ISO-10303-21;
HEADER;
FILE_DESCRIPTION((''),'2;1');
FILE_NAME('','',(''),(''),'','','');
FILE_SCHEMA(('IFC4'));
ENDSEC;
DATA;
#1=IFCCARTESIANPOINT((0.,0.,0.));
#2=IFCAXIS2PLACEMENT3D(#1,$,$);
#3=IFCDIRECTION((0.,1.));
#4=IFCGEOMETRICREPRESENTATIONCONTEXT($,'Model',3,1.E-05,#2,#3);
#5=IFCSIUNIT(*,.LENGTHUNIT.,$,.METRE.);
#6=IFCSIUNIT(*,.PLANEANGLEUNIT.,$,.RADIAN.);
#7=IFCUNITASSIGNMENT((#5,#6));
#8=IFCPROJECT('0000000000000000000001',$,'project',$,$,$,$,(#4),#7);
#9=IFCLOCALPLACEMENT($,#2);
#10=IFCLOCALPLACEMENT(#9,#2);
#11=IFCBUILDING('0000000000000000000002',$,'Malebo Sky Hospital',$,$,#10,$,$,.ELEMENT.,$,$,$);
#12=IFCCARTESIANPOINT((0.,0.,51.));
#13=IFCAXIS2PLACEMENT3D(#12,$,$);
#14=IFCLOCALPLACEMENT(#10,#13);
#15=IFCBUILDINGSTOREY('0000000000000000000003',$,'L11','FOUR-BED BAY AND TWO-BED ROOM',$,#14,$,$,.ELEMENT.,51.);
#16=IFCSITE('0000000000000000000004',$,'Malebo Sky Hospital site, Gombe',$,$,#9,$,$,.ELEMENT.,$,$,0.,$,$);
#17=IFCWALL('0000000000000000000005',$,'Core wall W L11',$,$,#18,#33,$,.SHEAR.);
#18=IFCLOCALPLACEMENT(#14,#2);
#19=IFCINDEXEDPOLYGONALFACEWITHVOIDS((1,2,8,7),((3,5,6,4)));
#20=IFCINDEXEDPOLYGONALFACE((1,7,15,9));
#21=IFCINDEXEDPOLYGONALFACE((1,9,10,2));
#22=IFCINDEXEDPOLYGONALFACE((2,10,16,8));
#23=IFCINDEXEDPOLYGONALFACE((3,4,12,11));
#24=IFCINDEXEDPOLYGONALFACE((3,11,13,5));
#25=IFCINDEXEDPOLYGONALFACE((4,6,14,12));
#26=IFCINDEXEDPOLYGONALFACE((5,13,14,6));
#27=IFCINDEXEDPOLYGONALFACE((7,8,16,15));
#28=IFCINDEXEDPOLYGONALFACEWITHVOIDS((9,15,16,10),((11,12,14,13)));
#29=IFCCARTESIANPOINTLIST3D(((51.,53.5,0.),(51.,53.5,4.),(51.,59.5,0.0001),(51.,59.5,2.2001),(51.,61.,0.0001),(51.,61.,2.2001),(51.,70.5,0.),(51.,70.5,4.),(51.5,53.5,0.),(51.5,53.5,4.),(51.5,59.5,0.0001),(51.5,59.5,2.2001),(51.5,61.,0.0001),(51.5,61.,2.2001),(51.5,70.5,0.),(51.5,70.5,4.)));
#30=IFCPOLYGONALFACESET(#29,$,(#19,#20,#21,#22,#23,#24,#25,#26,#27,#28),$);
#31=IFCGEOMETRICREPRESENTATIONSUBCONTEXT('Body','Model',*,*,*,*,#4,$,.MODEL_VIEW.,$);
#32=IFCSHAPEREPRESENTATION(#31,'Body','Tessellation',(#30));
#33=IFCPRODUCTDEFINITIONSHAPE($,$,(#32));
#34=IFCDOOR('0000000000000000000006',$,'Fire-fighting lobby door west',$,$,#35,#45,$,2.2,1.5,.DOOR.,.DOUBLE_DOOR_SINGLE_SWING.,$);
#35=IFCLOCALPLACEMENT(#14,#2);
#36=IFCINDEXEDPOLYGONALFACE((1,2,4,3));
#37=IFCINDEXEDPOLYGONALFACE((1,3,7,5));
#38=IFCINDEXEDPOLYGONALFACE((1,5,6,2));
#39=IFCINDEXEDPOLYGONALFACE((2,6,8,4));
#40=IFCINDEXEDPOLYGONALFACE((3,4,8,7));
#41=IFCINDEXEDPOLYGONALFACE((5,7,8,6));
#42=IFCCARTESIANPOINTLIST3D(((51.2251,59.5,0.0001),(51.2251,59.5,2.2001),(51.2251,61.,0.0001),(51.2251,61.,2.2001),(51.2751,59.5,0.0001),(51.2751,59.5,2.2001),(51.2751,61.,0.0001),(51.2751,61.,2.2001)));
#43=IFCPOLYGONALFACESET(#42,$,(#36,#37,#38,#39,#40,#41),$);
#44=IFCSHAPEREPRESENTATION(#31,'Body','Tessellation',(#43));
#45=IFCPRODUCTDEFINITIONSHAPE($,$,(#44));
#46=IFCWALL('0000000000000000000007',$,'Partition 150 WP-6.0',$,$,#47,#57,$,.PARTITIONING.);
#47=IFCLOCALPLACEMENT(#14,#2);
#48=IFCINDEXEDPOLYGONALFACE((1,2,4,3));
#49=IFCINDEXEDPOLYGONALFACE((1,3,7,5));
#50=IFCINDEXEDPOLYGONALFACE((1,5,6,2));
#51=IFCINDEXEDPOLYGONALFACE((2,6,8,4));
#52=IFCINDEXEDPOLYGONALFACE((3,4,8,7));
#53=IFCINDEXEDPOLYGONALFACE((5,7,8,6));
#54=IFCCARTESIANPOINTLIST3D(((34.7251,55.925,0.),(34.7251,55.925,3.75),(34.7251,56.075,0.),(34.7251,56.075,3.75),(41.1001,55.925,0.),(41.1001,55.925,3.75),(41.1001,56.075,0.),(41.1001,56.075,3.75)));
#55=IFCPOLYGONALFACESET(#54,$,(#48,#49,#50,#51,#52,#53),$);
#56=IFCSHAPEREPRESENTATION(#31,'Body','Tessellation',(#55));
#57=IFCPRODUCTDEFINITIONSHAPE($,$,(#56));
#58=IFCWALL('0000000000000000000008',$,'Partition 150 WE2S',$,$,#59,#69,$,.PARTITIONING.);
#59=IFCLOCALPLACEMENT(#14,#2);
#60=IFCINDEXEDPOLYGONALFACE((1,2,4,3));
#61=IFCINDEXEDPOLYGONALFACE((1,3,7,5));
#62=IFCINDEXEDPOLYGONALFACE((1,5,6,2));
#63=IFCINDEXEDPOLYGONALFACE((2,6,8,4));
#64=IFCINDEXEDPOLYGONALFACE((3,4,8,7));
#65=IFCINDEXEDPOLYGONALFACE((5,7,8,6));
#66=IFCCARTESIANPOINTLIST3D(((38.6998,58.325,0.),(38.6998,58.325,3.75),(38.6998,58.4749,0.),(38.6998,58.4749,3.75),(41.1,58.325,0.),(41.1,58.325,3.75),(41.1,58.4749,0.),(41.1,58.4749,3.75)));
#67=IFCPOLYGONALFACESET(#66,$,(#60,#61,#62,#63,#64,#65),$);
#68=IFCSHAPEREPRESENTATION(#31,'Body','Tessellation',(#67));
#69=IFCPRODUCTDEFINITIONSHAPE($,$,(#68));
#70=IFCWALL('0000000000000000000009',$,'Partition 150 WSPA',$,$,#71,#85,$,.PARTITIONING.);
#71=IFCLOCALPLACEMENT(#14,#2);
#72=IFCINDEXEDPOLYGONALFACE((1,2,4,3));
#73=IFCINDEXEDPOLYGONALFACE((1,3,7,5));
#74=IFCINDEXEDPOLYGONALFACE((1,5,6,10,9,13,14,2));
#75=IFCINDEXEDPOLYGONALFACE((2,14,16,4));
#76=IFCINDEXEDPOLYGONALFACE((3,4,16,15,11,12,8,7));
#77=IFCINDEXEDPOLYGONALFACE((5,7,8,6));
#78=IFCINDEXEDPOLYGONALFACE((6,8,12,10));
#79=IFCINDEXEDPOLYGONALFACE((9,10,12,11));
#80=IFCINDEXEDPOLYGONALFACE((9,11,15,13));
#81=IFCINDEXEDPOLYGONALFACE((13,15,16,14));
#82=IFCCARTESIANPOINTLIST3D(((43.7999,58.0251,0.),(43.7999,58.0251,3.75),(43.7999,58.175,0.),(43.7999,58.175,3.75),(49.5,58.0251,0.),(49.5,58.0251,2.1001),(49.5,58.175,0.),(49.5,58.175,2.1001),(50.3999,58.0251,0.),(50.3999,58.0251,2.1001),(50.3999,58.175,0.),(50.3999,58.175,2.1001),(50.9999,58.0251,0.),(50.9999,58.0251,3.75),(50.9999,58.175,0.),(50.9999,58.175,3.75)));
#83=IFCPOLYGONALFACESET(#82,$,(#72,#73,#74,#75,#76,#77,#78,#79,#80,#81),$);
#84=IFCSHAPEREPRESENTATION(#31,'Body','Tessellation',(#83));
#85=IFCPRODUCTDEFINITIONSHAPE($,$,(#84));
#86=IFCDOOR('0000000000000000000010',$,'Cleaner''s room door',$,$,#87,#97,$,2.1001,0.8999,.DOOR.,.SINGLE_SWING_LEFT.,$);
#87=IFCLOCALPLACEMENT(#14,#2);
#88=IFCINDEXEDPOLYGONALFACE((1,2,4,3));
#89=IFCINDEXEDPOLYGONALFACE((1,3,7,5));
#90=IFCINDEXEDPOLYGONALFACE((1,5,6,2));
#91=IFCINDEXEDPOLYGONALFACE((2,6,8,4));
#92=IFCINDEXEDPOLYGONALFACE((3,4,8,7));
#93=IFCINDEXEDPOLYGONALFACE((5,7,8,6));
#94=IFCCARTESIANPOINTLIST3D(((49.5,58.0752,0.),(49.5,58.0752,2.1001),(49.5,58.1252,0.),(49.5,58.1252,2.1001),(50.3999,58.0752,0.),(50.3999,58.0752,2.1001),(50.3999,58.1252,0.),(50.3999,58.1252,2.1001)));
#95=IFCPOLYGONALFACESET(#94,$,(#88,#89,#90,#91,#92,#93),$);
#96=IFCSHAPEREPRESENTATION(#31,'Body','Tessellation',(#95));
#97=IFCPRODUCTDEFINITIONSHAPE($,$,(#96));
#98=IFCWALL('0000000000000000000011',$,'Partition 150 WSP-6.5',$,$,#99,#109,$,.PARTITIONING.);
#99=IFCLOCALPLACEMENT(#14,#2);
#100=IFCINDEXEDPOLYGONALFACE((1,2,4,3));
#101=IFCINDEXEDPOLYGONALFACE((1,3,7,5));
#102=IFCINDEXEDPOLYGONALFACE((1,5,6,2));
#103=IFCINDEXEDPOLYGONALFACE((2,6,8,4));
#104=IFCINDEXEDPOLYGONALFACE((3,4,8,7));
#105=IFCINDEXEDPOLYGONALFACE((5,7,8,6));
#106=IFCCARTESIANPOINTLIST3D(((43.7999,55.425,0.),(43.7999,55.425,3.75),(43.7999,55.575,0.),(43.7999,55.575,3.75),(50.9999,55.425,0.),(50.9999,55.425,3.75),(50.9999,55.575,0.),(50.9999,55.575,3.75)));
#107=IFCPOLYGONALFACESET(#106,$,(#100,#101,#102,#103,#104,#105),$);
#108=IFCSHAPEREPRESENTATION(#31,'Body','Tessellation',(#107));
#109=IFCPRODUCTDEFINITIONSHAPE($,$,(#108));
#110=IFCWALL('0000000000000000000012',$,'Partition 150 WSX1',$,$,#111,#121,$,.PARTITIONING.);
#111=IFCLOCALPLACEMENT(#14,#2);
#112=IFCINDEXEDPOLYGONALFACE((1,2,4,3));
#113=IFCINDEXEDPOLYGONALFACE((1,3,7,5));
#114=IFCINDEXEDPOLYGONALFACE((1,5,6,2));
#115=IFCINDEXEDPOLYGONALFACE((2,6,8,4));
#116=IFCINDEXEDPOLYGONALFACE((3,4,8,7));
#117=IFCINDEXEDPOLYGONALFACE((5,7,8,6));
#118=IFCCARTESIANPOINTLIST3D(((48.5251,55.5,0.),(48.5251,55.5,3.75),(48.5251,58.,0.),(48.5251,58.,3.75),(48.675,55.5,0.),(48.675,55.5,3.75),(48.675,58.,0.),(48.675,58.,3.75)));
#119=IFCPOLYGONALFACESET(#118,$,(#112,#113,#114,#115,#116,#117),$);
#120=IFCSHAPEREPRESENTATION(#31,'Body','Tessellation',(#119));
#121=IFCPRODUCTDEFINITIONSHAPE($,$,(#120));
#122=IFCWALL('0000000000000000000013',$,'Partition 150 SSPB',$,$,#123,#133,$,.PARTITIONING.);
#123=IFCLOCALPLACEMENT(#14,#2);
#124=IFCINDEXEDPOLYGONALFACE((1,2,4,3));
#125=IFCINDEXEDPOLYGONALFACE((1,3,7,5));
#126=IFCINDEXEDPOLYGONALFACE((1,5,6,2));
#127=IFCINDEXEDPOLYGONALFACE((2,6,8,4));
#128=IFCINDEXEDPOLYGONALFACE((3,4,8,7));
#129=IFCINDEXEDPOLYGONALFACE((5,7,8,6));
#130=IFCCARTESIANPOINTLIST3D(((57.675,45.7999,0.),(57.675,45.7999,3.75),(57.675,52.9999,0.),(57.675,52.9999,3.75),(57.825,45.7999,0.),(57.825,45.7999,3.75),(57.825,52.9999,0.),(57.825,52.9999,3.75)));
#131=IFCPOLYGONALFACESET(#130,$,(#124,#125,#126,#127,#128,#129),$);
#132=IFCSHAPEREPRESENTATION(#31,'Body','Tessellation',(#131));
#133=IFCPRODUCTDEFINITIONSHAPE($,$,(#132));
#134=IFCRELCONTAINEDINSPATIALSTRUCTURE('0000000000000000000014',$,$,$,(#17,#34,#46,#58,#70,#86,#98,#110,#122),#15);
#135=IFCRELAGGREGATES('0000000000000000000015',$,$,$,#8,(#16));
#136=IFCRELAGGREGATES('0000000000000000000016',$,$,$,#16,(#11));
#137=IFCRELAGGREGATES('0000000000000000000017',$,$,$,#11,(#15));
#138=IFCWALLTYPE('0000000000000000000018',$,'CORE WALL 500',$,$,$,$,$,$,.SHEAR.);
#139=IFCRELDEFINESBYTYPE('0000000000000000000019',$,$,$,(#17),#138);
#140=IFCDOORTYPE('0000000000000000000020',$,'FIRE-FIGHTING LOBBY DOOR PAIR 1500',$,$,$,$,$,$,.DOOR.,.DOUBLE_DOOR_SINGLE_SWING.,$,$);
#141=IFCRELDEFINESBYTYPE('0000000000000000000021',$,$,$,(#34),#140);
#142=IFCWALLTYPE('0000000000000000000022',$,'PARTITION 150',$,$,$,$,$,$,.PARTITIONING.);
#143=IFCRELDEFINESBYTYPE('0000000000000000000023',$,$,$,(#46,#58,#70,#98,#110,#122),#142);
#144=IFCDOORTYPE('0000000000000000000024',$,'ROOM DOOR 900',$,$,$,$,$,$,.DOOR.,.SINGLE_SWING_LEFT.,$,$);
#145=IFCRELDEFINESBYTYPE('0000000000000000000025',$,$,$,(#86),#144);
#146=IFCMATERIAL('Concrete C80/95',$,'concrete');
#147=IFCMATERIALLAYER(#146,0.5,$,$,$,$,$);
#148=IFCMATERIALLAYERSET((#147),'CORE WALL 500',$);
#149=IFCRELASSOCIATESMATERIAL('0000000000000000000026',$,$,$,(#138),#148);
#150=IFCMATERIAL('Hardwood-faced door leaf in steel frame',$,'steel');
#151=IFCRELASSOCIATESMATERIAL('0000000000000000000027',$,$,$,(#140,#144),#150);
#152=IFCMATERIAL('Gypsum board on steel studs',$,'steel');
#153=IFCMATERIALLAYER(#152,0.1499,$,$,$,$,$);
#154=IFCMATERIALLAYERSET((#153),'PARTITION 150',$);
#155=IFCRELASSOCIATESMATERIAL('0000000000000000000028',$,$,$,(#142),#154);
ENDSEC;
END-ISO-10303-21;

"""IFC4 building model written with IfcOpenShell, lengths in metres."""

from ifc_helpers import new_model, si_unit, direction, frame, frame_2d, origin, place, context, subcontext, project, spatial, rectangle, extrude, material, layer, layer_set, type_object, element, fill, save


model = new_model("IFC4")

# Units and contexts
model_context = context("Model", 3, precision=1e-05, world=origin(), true_north=direction((0.0, 1.0)))
body_context = subcontext(model_context, "Body", "Model", "MODEL_VIEW")
ifc_project = project(units=[si_unit("LENGTHUNIT", "METRE"), si_unit("PLANEANGLEUNIT", "RADIAN")], contexts=[model_context])

# Site, building, storey
site_placement = place(None, origin())
site = spatial("IfcSite", under=ifc_project, at=site_placement, Name="Malebo Sky Hospital site, Gombe", CompositionType="ELEMENT", RefElevation=0.0)
building_placement = place(site_placement, origin())
building = spatial("IfcBuilding", under=site, at=building_placement, Name="Malebo Sky Hospital", CompositionType="ELEMENT")
storey_placement = place(building_placement, frame((0.0, 0.0, 51.0)))
storey = spatial("IfcBuildingStorey", under=building, at=storey_placement, Name="L11", Description="FOUR-BED BAY AND TWO-BED ROOM", CompositionType="ELEMENT", Elevation=51.0)

# Shared definitions
ifc_material_1 = material(Name="Concrete C80/95", Category="concrete")

# Wall, opening, door
ifc_layer_1 = layer(ifc_material_1, 0.5)
ifc_layer_set_1 = layer_set([ifc_layer_1], Name="CORE WALL 500")
wall_type_1 = type_object("IfcWallType", Name="CORE WALL 500", PredefinedType="SHEAR", material=ifc_layer_set_1)
ifc_material_2 = material(Name="Hardwood-faced door leaf in steel frame", Category="steel")
wall_1_placement = place(storey_placement, frame((51.25, 53.5, 0.0), z_axis=(0.0, 0.0, 1.0), x_axis=(0.0, 1.0, 0.0)))
wall_1 = element("IfcWall", 1, at=wall_1_placement, inside=storey, type_object=wall_type_1, Name="Core wall W L11", PredefinedType="SHEAR", context=body_context, shape_type="SweptSolid", body=[
    extrude(rectangle(XDim=17.0, YDim=0.5, at=frame_2d((8.5, 0.0))), origin(), (0.0, 0.0, 1.0), 4.0),
])
opening_1_placement = place(wall_1_placement, frame((6.0, 0.0, 0.0)))
opening_1 = element("IfcOpeningElement", 2, at=opening_1_placement, cuts=wall_1, PredefinedType="OPENING", context=body_context, shape_type="SweptSolid", body=[
    extrude(rectangle(XDim=1.5, YDim=2.2, at=frame_2d((0.75, 1.1001))), frame((0.0, 0.26, 0.0), z_axis=(0.0, -1.0, 0.0), x_axis=(1.0, 0.0, 0.0)), (0.0, 0.0, 1.0), 0.52),
])
door_type_1 = type_object("IfcDoorType", Name="FIRE-FIGHTING LOBBY DOOR PAIR 1500", OperationType="DOUBLE_DOOR_SINGLE_SWING", PredefinedType="DOOR", material=ifc_material_2)
door_1_placement = place(opening_1_placement, origin())
door_1 = element("IfcDoor", 3, at=door_1_placement, inside=storey, type_object=door_type_1, Name="Fire-fighting lobby door west", OperationType="DOUBLE_DOOR_SINGLE_SWING", OverallHeight=2.2, OverallWidth=1.5, PredefinedType="DOOR", context=body_context, shape_type="SweptSolid", body=[
    extrude(rectangle(XDim=1.5, YDim=2.2, at=frame_2d((0.75, 1.1001))), frame((0.0, 0.0249, 0.0), z_axis=(0.0, -1.0, 0.0), x_axis=(1.0, 0.0, 0.0)), (0.0, 0.0, 1.0), 0.05),
])
fill(opening_1, door_1)

# Walls
ifc_material_3 = material(Name="Gypsum board on steel studs", Category="steel")
ifc_layer_2 = layer(ifc_material_3, 0.1499)
ifc_layer_set_2 = layer_set([ifc_layer_2], Name="PARTITION 150")
wall_type_2 = type_object("IfcWallType", Name="PARTITION 150", PredefinedType="PARTITIONING", material=ifc_layer_set_2)
wall_2_placement = place(storey_placement, frame((41.1001, 56.0, 0.0), z_axis=(0.0, 0.0, 1.0), x_axis=(-1.0, 0.0, 0.0)))
element("IfcWall", 4, at=wall_2_placement, inside=storey, type_object=wall_type_2, Name="Partition 150 WP-6.0", PredefinedType="PARTITIONING", context=body_context, shape_type="SweptSolid", body=[
    extrude(rectangle(XDim=6.375, YDim=0.1499, at=frame_2d((3.1875, 0.0))), origin(), (0.0, 0.0, 1.0), 3.75),
])
wall_3_placement = place(storey_placement, frame((41.1001, 58.3999, 0.0), z_axis=(0.0, 0.0, 1.0), x_axis=(-1.0, 0.0, 0.0)))
element("IfcWall", 5, at=wall_3_placement, inside=storey, type_object=wall_type_2, Name="Partition 150 WE2S", PredefinedType="PARTITIONING", context=body_context, shape_type="SweptSolid", body=[
    extrude(rectangle(XDim=2.4001, YDim=0.1499, at=frame_2d((1.2002, 0.0))), origin(), (0.0, 0.0, 1.0), 3.75),
])

# Wall, opening, door
wall_4_placement = place(storey_placement, frame((51.0, 58.1001, 0.0), z_axis=(0.0, 0.0, 1.0), x_axis=(-1.0, 0.0, 0.0)))
wall_4 = element("IfcWall", 6, at=wall_4_placement, inside=storey, type_object=wall_type_2, Name="Partition 150 WSPA", PredefinedType="PARTITIONING", context=body_context, shape_type="SweptSolid", body=[
    extrude(rectangle(XDim=7.2, YDim=0.1499, at=frame_2d((3.6001, 0.0))), origin(), (0.0, 0.0, 1.0), 3.75),
])
opening_2_placement = place(wall_4_placement, frame((0.6001, 0.0, 0.0)))
opening_2 = element("IfcOpeningElement", 7, at=opening_2_placement, cuts=wall_4, PredefinedType="OPENING", context=body_context, shape_type="SweptSolid", body=[
    extrude(rectangle(XDim=0.8999, YDim=2.1001, at=frame_2d((0.45, 1.05))), frame((0.0, 0.085, 0.0), z_axis=(0.0, -1.0, 0.0), x_axis=(1.0, 0.0, 0.0)), (0.0, 0.0, 1.0), 0.1699),
])
door_type_2 = type_object("IfcDoorType", Name="ROOM DOOR 900", OperationType="SINGLE_SWING_LEFT", PredefinedType="DOOR", material=ifc_material_2)
door_2_placement = place(opening_2_placement, origin())
door_2 = element("IfcDoor", 8, at=door_2_placement, inside=storey, type_object=door_type_2, Name="Cleaner's room door", OperationType="SINGLE_SWING_LEFT", OverallHeight=2.1001, OverallWidth=0.8999, PredefinedType="DOOR", context=body_context, shape_type="SweptSolid", body=[
    extrude(rectangle(XDim=0.8999, YDim=2.1001, at=frame_2d((0.45, 1.05))), frame((0.0, 0.0249, 0.0), z_axis=(0.0, -1.0, 0.0), x_axis=(1.0, 0.0, 0.0)), (0.0, 0.0, 1.0), 0.05),
])
fill(opening_2, door_2)

# Walls
wall_5_placement = place(storey_placement, frame((51.0, 55.5, 0.0), z_axis=(0.0, 0.0, 1.0), x_axis=(-1.0, 0.0, 0.0)))
element("IfcWall", 9, at=wall_5_placement, inside=storey, type_object=wall_type_2, Name="Partition 150 WSP-6.5", PredefinedType="PARTITIONING", context=body_context, shape_type="SweptSolid", body=[
    extrude(rectangle(XDim=7.2, YDim=0.1499, at=frame_2d((3.6001, 0.0))), origin(), (0.0, 0.0, 1.0), 3.75),
])
wall_6_placement = place(storey_placement, frame((48.6001, 55.5, 0.0), z_axis=(0.0, 0.0, 1.0), x_axis=(0.0, 1.0, 0.0)))
element("IfcWall", 10, at=wall_6_placement, inside=storey, type_object=wall_type_2, Name="Partition 150 WSX1", PredefinedType="PARTITIONING", context=body_context, shape_type="SweptSolid", body=[
    extrude(rectangle(XDim=2.5, YDim=0.1499, at=frame_2d((1.25, 0.0))), origin(), (0.0, 0.0, 1.0), 3.75),
])
wall_7_placement = place(storey_placement, frame((57.75, 53.0, 0.0), z_axis=(0.0, 0.0, 1.0), x_axis=(0.0, -1.0, 0.0)))
element("IfcWall", 11, at=wall_7_placement, inside=storey, type_object=wall_type_2, Name="Partition 150 SSPB", PredefinedType="PARTITIONING", context=body_context, shape_type="SweptSolid", body=[
    extrude(rectangle(XDim=7.2, YDim=0.1499, at=frame_2d((3.6001, 0.0))), origin(), (0.0, 0.0, 1.0), 3.75),
])

save(model, "model.ifc")
